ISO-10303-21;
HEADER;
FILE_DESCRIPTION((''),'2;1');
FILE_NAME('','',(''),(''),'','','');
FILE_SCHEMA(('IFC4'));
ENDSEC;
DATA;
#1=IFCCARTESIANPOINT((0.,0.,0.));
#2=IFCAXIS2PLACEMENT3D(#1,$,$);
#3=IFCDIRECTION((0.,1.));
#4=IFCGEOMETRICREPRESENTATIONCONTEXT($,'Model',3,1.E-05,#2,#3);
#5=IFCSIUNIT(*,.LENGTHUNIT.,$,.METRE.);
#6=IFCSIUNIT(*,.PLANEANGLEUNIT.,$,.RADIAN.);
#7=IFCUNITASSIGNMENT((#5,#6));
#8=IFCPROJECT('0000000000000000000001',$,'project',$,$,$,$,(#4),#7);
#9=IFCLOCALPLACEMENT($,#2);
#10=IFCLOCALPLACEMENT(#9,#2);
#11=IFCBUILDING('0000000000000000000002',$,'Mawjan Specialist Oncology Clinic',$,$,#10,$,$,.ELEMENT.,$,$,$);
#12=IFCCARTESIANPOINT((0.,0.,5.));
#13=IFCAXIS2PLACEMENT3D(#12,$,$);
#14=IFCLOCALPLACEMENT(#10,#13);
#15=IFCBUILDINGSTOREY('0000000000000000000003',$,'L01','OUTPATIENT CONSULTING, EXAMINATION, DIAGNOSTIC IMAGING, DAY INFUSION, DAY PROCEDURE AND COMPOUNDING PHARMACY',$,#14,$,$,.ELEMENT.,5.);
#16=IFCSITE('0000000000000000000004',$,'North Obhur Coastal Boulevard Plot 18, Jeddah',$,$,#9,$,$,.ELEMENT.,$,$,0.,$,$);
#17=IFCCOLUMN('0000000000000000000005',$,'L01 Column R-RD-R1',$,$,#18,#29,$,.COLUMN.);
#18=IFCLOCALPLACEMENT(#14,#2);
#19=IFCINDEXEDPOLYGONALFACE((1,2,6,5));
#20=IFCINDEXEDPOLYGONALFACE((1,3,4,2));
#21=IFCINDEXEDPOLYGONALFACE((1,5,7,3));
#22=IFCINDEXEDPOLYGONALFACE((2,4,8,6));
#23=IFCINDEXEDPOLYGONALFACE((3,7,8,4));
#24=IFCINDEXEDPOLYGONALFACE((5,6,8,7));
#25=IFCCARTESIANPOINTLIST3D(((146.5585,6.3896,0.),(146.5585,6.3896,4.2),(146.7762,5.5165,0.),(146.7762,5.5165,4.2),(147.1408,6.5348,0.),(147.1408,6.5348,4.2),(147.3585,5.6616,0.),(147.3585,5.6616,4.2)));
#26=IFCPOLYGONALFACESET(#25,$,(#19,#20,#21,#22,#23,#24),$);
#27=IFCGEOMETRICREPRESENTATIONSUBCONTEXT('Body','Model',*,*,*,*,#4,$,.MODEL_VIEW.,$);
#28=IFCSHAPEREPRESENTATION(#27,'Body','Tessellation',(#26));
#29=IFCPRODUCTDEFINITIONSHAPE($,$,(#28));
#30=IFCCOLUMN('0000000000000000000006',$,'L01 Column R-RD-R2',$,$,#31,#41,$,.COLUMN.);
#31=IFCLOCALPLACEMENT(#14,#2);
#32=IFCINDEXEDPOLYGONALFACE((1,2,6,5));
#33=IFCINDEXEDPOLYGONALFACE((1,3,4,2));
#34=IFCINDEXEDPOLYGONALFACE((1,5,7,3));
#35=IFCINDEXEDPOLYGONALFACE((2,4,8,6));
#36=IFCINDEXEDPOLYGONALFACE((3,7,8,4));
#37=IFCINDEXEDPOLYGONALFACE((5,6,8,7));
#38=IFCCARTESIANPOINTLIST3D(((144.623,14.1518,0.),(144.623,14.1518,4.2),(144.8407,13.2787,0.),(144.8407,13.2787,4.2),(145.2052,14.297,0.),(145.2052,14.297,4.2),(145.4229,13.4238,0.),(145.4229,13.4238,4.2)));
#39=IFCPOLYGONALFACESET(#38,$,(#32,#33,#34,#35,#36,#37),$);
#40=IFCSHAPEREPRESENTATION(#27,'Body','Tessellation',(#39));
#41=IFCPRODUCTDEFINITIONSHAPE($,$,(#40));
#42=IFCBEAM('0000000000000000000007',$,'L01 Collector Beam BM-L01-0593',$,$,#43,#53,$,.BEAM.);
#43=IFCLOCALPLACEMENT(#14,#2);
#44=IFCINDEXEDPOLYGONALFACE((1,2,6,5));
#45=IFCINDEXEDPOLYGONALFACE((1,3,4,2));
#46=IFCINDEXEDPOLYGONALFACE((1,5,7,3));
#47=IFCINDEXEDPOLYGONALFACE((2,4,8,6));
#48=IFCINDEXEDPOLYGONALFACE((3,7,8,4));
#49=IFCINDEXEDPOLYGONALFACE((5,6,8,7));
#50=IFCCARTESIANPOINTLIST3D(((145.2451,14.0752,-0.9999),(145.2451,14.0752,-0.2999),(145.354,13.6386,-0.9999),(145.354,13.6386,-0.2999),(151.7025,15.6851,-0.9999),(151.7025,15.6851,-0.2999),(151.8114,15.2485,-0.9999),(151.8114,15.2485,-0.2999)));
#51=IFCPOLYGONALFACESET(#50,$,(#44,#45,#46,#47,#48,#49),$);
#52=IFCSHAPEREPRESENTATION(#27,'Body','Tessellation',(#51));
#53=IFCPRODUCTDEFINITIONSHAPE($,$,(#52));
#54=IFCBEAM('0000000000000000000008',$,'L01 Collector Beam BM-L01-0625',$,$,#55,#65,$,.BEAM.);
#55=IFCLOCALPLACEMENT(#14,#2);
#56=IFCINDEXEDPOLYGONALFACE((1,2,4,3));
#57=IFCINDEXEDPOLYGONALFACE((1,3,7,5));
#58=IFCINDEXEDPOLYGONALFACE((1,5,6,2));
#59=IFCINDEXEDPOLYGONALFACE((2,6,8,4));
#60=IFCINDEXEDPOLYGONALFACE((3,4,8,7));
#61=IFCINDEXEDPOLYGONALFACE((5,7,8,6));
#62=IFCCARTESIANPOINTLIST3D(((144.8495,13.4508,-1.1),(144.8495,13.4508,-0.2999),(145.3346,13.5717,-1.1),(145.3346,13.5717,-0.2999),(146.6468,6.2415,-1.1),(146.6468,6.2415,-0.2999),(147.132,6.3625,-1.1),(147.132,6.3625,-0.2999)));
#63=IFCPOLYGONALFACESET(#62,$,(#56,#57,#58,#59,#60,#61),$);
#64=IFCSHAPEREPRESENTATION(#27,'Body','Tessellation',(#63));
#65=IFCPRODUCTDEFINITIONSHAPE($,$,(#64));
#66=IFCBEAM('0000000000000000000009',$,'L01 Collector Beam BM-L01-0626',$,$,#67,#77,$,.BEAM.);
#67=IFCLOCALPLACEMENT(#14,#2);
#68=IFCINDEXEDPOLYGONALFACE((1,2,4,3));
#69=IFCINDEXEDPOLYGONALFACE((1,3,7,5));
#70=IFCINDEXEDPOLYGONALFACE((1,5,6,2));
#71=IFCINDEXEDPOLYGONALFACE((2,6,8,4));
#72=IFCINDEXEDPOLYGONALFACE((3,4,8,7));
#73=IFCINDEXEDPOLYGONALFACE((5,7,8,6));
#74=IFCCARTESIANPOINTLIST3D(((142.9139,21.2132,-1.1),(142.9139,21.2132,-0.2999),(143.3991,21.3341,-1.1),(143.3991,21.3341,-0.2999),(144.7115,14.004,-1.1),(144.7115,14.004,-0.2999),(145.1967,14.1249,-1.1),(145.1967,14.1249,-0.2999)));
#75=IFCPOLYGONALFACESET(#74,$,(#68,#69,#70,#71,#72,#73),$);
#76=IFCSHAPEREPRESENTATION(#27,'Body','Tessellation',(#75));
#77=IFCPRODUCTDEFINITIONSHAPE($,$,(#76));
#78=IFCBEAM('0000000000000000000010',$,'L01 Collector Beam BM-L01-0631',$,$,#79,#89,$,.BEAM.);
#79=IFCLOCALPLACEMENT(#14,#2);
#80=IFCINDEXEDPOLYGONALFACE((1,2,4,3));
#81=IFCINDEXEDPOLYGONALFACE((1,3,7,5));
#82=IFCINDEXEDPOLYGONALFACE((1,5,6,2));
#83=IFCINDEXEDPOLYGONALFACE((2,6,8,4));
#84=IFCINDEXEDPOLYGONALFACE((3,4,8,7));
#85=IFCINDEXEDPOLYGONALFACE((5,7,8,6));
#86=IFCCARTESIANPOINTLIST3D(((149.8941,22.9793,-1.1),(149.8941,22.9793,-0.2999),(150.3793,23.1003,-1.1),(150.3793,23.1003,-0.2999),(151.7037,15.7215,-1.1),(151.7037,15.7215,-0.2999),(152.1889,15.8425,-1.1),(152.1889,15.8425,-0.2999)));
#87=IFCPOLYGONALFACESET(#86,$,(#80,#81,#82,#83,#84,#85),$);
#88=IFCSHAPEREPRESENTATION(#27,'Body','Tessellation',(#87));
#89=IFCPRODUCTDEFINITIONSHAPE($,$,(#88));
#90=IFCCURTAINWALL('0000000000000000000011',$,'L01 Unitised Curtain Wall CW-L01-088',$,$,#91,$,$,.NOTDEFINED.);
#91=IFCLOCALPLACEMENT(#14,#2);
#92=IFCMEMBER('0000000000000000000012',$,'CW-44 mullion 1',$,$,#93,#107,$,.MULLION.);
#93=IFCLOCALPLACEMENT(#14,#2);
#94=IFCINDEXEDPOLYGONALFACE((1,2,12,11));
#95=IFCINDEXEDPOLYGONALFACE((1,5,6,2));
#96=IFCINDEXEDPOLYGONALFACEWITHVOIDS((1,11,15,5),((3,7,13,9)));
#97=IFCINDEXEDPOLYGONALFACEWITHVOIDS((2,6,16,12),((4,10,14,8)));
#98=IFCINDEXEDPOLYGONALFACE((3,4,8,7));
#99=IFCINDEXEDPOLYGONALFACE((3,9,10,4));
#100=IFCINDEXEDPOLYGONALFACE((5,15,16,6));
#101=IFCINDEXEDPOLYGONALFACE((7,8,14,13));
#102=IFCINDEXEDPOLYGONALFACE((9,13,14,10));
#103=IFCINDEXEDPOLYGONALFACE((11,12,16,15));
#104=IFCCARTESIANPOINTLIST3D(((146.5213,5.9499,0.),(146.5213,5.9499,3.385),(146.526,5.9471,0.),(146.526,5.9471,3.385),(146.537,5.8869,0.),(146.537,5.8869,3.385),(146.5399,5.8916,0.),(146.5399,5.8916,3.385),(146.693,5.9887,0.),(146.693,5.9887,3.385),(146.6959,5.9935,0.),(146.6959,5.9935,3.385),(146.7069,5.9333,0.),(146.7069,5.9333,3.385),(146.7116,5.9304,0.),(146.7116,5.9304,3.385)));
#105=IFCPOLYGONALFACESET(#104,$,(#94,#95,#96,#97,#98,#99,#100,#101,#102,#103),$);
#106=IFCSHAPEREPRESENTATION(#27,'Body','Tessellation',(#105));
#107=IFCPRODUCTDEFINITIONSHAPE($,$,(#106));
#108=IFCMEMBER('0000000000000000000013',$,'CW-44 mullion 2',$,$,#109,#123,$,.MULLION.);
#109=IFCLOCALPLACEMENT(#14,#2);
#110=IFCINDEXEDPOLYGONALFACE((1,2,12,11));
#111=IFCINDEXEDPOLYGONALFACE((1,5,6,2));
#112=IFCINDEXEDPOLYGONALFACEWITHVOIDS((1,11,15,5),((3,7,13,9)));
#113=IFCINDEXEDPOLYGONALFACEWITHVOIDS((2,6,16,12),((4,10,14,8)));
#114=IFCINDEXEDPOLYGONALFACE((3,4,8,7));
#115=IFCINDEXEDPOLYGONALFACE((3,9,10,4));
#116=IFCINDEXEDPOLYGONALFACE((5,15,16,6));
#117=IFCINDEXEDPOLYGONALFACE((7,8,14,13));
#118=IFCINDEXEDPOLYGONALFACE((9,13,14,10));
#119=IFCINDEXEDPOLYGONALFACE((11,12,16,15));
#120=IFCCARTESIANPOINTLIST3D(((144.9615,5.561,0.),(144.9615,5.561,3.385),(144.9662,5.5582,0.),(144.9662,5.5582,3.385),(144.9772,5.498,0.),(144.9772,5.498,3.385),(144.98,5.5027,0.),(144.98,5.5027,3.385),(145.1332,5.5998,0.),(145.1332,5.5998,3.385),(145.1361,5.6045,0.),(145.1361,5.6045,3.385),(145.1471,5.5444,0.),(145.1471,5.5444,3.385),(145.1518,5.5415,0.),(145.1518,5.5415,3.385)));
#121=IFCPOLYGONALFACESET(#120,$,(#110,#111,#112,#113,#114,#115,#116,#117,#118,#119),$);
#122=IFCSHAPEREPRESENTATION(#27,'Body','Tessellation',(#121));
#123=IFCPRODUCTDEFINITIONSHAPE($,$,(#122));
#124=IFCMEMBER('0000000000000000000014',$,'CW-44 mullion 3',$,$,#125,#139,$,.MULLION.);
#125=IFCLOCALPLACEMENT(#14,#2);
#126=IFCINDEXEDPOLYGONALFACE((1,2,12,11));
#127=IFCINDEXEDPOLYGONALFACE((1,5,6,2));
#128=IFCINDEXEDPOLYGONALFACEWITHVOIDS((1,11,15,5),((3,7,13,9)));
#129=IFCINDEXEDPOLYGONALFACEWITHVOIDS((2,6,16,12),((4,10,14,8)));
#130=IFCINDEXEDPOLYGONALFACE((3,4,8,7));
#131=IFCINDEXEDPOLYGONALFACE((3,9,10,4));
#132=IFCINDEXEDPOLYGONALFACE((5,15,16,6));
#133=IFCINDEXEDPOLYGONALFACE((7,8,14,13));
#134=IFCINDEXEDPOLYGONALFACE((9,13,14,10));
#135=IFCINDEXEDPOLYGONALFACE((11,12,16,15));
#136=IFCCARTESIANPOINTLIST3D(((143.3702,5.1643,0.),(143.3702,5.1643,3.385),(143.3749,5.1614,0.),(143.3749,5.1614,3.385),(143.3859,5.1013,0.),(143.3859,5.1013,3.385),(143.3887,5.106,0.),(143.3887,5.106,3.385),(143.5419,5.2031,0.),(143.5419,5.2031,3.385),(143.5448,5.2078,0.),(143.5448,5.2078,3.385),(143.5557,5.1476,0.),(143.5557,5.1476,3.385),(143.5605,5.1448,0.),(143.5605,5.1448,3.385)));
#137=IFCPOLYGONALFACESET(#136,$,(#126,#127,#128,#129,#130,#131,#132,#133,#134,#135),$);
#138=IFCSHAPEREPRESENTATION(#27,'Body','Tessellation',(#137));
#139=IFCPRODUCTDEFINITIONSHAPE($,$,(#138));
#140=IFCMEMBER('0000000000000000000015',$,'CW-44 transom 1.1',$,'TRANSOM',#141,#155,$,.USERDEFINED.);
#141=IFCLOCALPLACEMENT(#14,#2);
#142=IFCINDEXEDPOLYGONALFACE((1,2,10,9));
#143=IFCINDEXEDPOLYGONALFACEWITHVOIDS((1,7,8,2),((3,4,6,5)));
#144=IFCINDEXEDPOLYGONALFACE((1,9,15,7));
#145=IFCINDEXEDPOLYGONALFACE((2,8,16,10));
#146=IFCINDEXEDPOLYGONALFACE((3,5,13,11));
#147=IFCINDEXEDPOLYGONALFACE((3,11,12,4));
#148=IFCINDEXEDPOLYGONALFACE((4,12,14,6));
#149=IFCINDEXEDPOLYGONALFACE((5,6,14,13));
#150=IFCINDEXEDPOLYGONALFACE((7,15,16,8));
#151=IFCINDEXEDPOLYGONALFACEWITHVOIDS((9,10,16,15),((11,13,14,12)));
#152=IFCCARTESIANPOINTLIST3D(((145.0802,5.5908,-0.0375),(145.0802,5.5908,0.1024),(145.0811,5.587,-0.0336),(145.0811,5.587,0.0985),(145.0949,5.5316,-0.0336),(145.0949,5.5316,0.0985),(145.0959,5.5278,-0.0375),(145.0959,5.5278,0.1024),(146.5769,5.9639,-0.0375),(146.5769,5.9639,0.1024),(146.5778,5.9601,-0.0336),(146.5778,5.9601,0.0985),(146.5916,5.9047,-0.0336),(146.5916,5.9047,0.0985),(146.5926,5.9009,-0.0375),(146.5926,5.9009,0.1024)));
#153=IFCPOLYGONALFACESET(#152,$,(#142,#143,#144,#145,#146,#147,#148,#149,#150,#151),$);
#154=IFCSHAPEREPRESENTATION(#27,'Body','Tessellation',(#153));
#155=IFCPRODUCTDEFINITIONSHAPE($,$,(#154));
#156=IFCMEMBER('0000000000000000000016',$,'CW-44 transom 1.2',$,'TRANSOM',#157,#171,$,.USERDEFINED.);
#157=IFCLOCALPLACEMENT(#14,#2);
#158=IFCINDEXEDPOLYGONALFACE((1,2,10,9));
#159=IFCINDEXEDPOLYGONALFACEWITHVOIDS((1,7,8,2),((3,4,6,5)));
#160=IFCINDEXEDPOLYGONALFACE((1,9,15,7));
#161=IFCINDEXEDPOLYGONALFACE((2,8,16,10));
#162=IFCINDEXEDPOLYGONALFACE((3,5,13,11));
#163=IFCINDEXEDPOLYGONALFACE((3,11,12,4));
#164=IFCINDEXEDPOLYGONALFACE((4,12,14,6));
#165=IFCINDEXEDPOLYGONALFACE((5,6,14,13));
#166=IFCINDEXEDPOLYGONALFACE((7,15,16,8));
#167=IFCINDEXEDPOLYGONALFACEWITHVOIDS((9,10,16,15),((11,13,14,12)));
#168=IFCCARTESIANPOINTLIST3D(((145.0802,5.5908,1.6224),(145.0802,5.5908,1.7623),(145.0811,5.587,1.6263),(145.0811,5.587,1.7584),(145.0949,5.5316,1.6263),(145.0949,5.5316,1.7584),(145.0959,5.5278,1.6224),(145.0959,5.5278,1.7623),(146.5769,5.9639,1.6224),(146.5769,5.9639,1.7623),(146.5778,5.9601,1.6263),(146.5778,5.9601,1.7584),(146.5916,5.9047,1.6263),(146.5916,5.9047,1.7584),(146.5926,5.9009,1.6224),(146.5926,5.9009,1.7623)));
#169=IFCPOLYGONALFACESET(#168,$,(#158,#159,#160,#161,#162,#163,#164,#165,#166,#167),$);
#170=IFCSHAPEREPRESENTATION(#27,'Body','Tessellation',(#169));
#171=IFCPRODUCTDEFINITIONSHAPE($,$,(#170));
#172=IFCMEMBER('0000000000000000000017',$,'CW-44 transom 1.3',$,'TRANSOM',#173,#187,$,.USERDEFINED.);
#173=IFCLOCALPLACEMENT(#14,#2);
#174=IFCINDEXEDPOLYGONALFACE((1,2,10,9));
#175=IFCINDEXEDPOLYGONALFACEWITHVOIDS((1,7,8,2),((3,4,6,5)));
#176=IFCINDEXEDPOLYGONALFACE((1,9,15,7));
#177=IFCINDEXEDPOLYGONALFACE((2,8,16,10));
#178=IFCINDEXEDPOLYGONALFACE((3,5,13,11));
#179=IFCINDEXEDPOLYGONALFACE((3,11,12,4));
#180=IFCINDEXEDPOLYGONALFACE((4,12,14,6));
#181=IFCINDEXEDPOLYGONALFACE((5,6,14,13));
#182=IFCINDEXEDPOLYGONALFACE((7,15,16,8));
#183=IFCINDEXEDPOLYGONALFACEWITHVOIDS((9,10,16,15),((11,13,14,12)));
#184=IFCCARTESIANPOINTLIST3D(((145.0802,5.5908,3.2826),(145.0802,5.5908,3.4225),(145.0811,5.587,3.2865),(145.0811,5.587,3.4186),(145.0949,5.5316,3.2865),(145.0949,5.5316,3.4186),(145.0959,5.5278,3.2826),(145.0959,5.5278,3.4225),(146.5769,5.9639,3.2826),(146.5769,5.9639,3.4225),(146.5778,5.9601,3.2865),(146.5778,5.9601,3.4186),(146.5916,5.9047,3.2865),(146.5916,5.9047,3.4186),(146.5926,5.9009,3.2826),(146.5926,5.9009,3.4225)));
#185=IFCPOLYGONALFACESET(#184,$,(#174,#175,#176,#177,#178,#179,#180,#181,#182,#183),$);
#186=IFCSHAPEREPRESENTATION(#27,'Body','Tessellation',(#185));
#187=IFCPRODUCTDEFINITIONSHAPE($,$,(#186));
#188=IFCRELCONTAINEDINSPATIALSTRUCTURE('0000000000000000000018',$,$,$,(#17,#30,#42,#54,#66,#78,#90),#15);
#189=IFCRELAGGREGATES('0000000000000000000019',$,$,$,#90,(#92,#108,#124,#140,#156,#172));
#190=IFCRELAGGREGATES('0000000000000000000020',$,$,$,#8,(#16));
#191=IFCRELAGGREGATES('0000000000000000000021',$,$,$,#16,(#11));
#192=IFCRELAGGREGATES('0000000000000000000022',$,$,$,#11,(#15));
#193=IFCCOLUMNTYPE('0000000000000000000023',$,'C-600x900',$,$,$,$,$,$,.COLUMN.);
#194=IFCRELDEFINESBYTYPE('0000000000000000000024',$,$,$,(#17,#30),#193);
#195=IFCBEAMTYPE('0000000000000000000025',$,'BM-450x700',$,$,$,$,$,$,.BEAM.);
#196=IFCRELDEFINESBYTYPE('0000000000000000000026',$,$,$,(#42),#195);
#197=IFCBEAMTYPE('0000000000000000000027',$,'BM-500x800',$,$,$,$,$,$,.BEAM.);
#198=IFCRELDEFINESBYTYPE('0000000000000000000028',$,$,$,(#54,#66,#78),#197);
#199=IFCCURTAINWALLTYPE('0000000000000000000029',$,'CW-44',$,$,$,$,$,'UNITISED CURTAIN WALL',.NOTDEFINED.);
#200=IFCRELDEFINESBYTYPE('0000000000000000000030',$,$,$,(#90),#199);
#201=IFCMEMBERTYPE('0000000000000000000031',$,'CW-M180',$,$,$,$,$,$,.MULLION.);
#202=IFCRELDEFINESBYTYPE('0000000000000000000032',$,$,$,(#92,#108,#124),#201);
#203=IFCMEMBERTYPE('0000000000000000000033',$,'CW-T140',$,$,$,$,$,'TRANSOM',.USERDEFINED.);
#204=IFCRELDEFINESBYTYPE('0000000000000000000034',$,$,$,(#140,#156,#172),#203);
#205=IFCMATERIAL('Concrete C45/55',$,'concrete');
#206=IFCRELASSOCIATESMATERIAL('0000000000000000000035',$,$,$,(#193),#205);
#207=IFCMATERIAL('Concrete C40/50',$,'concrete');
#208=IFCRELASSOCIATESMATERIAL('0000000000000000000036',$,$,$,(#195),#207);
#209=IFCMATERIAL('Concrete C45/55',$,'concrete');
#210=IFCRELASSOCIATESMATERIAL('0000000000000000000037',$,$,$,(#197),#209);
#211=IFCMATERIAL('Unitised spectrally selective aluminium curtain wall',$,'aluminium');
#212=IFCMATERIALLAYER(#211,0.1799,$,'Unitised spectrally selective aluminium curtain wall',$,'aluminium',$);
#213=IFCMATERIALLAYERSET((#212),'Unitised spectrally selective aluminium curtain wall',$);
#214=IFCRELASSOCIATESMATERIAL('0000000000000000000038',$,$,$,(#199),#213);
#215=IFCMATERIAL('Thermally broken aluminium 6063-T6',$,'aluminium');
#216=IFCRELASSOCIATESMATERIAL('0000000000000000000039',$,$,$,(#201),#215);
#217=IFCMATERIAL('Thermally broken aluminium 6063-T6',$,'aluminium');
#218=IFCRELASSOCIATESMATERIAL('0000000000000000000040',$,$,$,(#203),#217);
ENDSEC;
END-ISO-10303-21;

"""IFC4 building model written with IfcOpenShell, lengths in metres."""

from ifc_helpers import new_model, si_unit, direction, frame, origin, origin_2d, place, context, subcontext, project, spatial, rectangle, hollow_rectangle, extrude, material, layer, layer_set, material_profile, profile_set, type_object, element, aggregate, save


model = new_model("IFC4")

# Units and contexts
model_context = context("Model", 3, precision=1e-05, world=origin(), true_north=direction((0.0, 1.0)))
body_context = subcontext(model_context, "Body", "Model", "MODEL_VIEW")
ifc_project = project(units=[si_unit("LENGTHUNIT", "METRE"), si_unit("PLANEANGLEUNIT", "RADIAN")], contexts=[model_context])

# Site, building, storey
site_placement = place(None, origin())
site = spatial("IfcSite", under=ifc_project, at=site_placement, Name="North Obhur Coastal Boulevard Plot 18, Jeddah", CompositionType="ELEMENT", RefElevation=0.0)
building_placement = place(site_placement, origin())
building = spatial("IfcBuilding", under=site, at=building_placement, Name="Mawjan Specialist Oncology Clinic", CompositionType="ELEMENT")
storey_placement = place(building_placement, frame((0.0, 0.0, 5.0)))
storey = spatial("IfcBuildingStorey", under=building, at=storey_placement, Name="L01", Description="OUTPATIENT CONSULTING, EXAMINATION, DIAGNOSTIC IMAGING, DAY INFUSION, DAY PROCEDURE AND COMPOUNDING PHARMACY", CompositionType="ELEMENT", Elevation=5.0)

# Columns
ifc_material_1 = material(Name="Concrete C45/55", Category="concrete")
ifc_material_profile_1 = material_profile(ifc_material_1, rectangle(XDim=0.6001, YDim=0.8999, at=origin_2d()), Name="RC COL 600x900", Category="concrete")
ifc_profile_set_1 = profile_set([ifc_material_profile_1], Name="Concrete C45/55")
column_type = type_object("IfcColumnType", Name="C-600x900", PredefinedType="COLUMN", material=ifc_profile_set_1)
for number, where, z_axis, x_axis, name in (
    (1, (146.9585, 6.0256, 0.0), (0.0, 0.0, 1.0), (0.970296, 0.241922, 0.0), "L01 Column R-RD-R1"),
    (2, (145.0229, 13.7878, 0.0), (0.0, 0.0, 1.0), (0.970296, 0.241922, 0.0), "L01 Column R-RD-R2"),
):
    element("IfcColumn", number, at=place(storey_placement, frame(where, z_axis=z_axis, x_axis=x_axis)), inside=storey, type_object=column_type, Name=name, PredefinedType="COLUMN", context=body_context, shape_type="SweptSolid", body=[
        extrude(rectangle(XDim=0.6001, YDim=0.8999, at=origin_2d()), origin(), (0.0, 0.0, 1.0), 4.2),
    ])

# Beams
ifc_material_2 = material(Name="Concrete C40/50", Category="concrete")
ifc_material_profile_2 = material_profile(ifc_material_2, rectangle(XDim=0.45, YDim=0.7, at=origin_2d()), Name="RC BM 450x700", Category="concrete")
ifc_profile_set_2 = profile_set([ifc_material_profile_2], Name="Concrete C40/50")
beam_type_1 = type_object("IfcBeamType", Name="BM-450x700", PredefinedType="BEAM", material=ifc_profile_set_2)
beam_1_placement = place(storey_placement, frame((145.2996, 13.8569, -0.6499), z_axis=(0.9703, 0.241905, 0.0), x_axis=(-0.241905, 0.9703, 0.0)))
element("IfcBeam", 3, at=beam_1_placement, inside=storey, type_object=beam_type_1, Name="L01 Collector Beam BM-L01-0593", PredefinedType="BEAM", context=body_context, shape_type="SweptSolid", body=[
    extrude(rectangle(XDim=0.45, YDim=0.7, at=origin_2d()), origin(), (0.0, 0.0, 1.0), 6.655),
])
ifc_material_3 = material(Name="Concrete C45/55", Category="concrete")
ifc_material_profile_3 = material_profile(ifc_material_3, rectangle(XDim=0.5, YDim=0.8, at=origin_2d()), Name="RC BM 500x800", Category="concrete")
ifc_profile_set_3 = profile_set([ifc_material_profile_3], Name="Concrete C45/55")
beam_type_2 = type_object("IfcBeamType", Name="BM-500x800", PredefinedType="BEAM", material=ifc_profile_set_3)
for number, where, z_axis, x_axis, name in (
    (4, (146.8894, 6.302, -0.7), (-0.241909, 0.970299, 0.0), (-0.970299, -0.241909, 0.0), "L01 Collector Beam BM-L01-0625"),
    (5, (144.9541, 14.0645, -0.7), (-0.24194, 0.970291, 0.0), (-0.970291, -0.24194, 0.0), "L01 Collector Beam BM-L01-0626"),
):
    element("IfcBeam", number, at=place(storey_placement, frame(where, z_axis=z_axis, x_axis=x_axis)), inside=storey, type_object=beam_type_2, Name=name, PredefinedType="BEAM", context=body_context, shape_type="SweptSolid", body=[
        extrude(rectangle(XDim=0.5, YDim=0.8, at=origin_2d()), origin(), (0.0, 0.0, 1.0), 7.4299),
    ])
beam_2_placement = place(storey_placement, frame((151.9463, 15.782, -0.7), z_axis=(-0.241921, 0.970296, 0.0), x_axis=(-0.970296, -0.241921, 0.0)))
element("IfcBeam", 6, at=beam_2_placement, inside=storey, type_object=beam_type_2, Name="L01 Collector Beam BM-L01-0631", PredefinedType="BEAM", context=body_context, shape_type="SweptSolid", body=[
    extrude(rectangle(XDim=0.5, YDim=0.8, at=origin_2d()), origin(), (0.0, 0.0, 1.0), 7.48),
])

# Curtain wall, members
ifc_material_4 = material(Name="Unitised spectrally selective aluminium curtain wall", Category="aluminium")
ifc_layer_1 = layer(ifc_material_4, 0.1799, Name="Unitised spectrally selective aluminium curtain wall", Category="aluminium")
ifc_layer_set_1 = layer_set([ifc_layer_1], Name="Unitised spectrally selective aluminium curtain wall")
curtain_wall_type = type_object("IfcCurtainWallType", Name="CW-44", ElementType="UNITISED CURTAIN WALL", PredefinedType="NOTDEFINED", material=ifc_layer_set_1)
curtain_wall_placement = place(storey_placement, origin())
curtain_wall = element("IfcCurtainWall", 7, at=curtain_wall_placement, inside=storey, type_object=curtain_wall_type, Name="L01 Unitised Curtain Wall CW-L01-088", PredefinedType="NOTDEFINED")
ifc_material_5 = material(Name="Thermally broken aluminium 6063-T6", Category="aluminium")
ifc_material_profile_4 = material_profile(ifc_material_5, hollow_rectangle(XDim=0.0649, YDim=0.1799, WallThickness=0.0039, at=origin_2d()), Name="ALU MULLION 180x65x4", Category="aluminium")
ifc_profile_set_4 = profile_set([ifc_material_profile_4], Name="Thermally broken aluminium 6063-T6")
member_type_1 = type_object("IfcMemberType", Name="CW-M180", PredefinedType="MULLION", material=ifc_profile_set_4)
member_1_placement = place(storey_placement, frame((146.6165, 5.9402, 0.0), z_axis=(0.0, 0.0, 1.0), x_axis=(0.241922, -0.970296, 0.0)))
member_1 = element("IfcMember", 8, at=member_1_placement, type_object=member_type_1, Name="CW-44 mullion 1", PredefinedType="MULLION", context=body_context, shape_type="SweptSolid", body=[
    extrude(hollow_rectangle(XDim=0.0649, YDim=0.1799, WallThickness=0.0039, at=origin_2d()), origin(), (0.0, 0.0, 1.0), 3.385),
])
member_2_placement = place(storey_placement, frame((145.0566, 5.5513, 0.0), z_axis=(0.0, 0.0, 1.0), x_axis=(0.241922, -0.970296, 0.0)))
member_2 = element("IfcMember", 9, at=member_2_placement, type_object=member_type_1, Name="CW-44 mullion 2", PredefinedType="MULLION", context=body_context, shape_type="SweptSolid", body=[
    extrude(hollow_rectangle(XDim=0.0649, YDim=0.1799, WallThickness=0.0039, at=origin_2d()), origin(), (0.0, 0.0, 1.0), 3.385),
])
member_3_placement = place(storey_placement, frame((143.4653, 5.1545, 0.0), z_axis=(0.0, 0.0, 1.0), x_axis=(0.241922, -0.970296, 0.0)))
member_3 = element("IfcMember", 10, at=member_3_placement, type_object=member_type_1, Name="CW-44 mullion 3", PredefinedType="MULLION", context=body_context, shape_type="SweptSolid", body=[
    extrude(hollow_rectangle(XDim=0.0649, YDim=0.1799, WallThickness=0.0039, at=origin_2d()), origin(), (0.0, 0.0, 1.0), 3.385),
])
ifc_material_6 = material(Name="Thermally broken aluminium 6063-T6", Category="aluminium")
ifc_material_profile_5 = material_profile(ifc_material_6, hollow_rectangle(XDim=0.0649, YDim=0.1399, WallThickness=0.0039, at=origin_2d()), Name="ALU TRANSOM 140x65x4", Category="aluminium")
ifc_profile_set_5 = profile_set([ifc_material_profile_5], Name="Thermally broken aluminium 6063-T6")
member_type_2 = type_object("IfcMemberType", Name="CW-T140", ElementType="TRANSOM", PredefinedType="USERDEFINED", material=ifc_profile_set_5)
member_4_placement = place(storey_placement, frame((146.5847, 5.9324, 0.0325), z_axis=(-0.97031, -0.241865, 0.0), x_axis=(0.241865, -0.97031, 0.0)))
member_4 = element("IfcMember", 11, at=member_4_placement, type_object=member_type_2, Name="CW-44 transom 1.1", ObjectType="TRANSOM", PredefinedType="USERDEFINED", context=body_context, shape_type="SweptSolid", body=[
    extrude(hollow_rectangle(XDim=0.0649, YDim=0.1399, WallThickness=0.0039, at=origin_2d()), origin(), (0.0, 0.0, 1.0), 1.5425),
])
member_5_placement = place(storey_placement, frame((146.5847, 5.9324, 1.6924), z_axis=(-0.97031, -0.241865, 0.0), x_axis=(0.241865, -0.97031, 0.0)))
member_5 = element("IfcMember", 12, at=member_5_placement, type_object=member_type_2, Name="CW-44 transom 1.2", ObjectType="TRANSOM", PredefinedType="USERDEFINED", context=body_context, shape_type="SweptSolid", body=[
    extrude(hollow_rectangle(XDim=0.0649, YDim=0.1399, WallThickness=0.0039, at=origin_2d()), origin(), (0.0, 0.0, 1.0), 1.5425),
])
member_6_placement = place(storey_placement, frame((146.5847, 5.9324, 3.3525), z_axis=(-0.97031, -0.241865, 0.0), x_axis=(0.241865, -0.97031, 0.0)))
member_6 = element("IfcMember", 13, at=member_6_placement, type_object=member_type_2, Name="CW-44 transom 1.3", ObjectType="TRANSOM", PredefinedType="USERDEFINED", context=body_context, shape_type="SweptSolid", body=[
    extrude(hollow_rectangle(XDim=0.0649, YDim=0.1399, WallThickness=0.0039, at=origin_2d()), origin(), (0.0, 0.0, 1.0), 1.5425),
])

aggregate(curtain_wall, [member_1, member_2, member_3, member_4, member_5, member_6])

save(model, "model.ifc")
